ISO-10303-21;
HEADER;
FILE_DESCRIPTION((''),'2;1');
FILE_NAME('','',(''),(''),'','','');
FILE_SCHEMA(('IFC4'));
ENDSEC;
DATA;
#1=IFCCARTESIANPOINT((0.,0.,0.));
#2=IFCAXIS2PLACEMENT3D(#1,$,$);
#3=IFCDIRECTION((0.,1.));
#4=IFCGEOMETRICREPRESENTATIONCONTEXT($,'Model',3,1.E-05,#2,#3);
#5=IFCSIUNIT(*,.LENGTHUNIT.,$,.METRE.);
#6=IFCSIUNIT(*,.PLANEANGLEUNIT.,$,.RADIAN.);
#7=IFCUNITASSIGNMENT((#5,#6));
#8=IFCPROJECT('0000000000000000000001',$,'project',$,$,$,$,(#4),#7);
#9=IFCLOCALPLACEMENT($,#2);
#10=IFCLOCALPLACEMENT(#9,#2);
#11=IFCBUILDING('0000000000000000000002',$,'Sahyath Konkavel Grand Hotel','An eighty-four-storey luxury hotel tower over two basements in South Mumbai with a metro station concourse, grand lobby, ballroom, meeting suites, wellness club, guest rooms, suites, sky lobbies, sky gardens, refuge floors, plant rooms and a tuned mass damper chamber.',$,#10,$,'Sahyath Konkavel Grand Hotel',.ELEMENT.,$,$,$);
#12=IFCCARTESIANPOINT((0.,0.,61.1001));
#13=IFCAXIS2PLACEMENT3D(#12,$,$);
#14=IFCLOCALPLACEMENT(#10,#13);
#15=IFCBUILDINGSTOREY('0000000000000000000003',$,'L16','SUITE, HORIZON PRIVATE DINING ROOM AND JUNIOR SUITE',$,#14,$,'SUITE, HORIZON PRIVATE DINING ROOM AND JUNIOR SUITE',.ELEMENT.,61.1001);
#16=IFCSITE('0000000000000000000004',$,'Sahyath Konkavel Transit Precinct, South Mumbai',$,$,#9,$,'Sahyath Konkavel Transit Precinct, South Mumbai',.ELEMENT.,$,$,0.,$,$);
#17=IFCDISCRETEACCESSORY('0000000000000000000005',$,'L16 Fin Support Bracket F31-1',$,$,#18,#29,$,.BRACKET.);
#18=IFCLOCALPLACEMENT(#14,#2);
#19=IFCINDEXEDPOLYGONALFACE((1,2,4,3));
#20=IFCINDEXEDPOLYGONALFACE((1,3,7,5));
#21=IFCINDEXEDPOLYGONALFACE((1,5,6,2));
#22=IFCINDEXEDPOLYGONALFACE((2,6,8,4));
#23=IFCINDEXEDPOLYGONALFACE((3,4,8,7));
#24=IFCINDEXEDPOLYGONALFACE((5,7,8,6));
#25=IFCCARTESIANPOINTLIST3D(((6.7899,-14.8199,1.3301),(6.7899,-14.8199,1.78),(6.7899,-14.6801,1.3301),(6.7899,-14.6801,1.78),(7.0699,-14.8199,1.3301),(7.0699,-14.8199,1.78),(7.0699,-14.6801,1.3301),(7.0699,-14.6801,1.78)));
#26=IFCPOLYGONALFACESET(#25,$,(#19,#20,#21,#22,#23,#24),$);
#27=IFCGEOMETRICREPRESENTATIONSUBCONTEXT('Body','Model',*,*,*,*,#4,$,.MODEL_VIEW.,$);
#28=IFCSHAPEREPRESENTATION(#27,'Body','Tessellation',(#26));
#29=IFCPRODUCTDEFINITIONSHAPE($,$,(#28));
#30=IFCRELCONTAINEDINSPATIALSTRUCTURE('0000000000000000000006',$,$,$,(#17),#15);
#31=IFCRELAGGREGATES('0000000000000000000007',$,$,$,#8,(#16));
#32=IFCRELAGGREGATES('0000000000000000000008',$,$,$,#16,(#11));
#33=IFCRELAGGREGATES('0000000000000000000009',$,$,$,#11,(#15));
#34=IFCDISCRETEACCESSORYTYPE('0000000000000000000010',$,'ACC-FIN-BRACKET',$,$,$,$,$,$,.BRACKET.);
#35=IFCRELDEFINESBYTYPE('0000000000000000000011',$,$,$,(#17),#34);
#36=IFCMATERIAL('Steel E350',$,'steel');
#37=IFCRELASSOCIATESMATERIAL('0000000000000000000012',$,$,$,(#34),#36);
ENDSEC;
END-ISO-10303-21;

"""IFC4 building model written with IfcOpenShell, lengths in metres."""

from ifc_helpers import new_model, si_unit, direction, frame, origin, origin_2d, place, context, subcontext, project, spatial, rectangle, extrude, source, transform, mapped, material, type_object, element, save


model = new_model("IFC4")

# Units and contexts
model_context = context("Model", 3, precision=1e-05, world=origin(), true_north=direction((0.0, 1.0)))
body_context = subcontext(model_context, "Body", "Model", "MODEL_VIEW")
ifc_project = project(units=[si_unit("LENGTHUNIT", "METRE"), si_unit("PLANEANGLEUNIT", "RADIAN")], contexts=[model_context])

# Site, building, storey
site_placement = place(None, origin())
site = spatial("IfcSite", under=ifc_project, at=site_placement, Name="Sahyath Konkavel Transit Precinct, South Mumbai", LongName="Sahyath Konkavel Transit Precinct, South Mumbai", CompositionType="ELEMENT", RefElevation=0.0)
building_placement = place(site_placement, origin())
building = spatial("IfcBuilding", under=site, at=building_placement, Name="Sahyath Konkavel Grand Hotel", Description="An eighty-four-storey luxury hotel tower over two basements in South Mumbai with a metro station concourse, grand lobby, ballroom, meeting suites, wellness club, guest rooms, suites, sky lobbies, sky gardens, refuge floors, plant rooms and a tuned mass damper chamber.", LongName="Sahyath Konkavel Grand Hotel", CompositionType="ELEMENT")
storey_placement = place(building_placement, frame((0.0, 0.0, 61.1001)))
storey = spatial("IfcBuildingStorey", under=building, at=storey_placement, Name="L16", Description="SUITE, HORIZON PRIVATE DINING ROOM AND JUNIOR SUITE", LongName="SUITE, HORIZON PRIVATE DINING ROOM AND JUNIOR SUITE", CompositionType="ELEMENT", Elevation=61.1001)

# Discrete accessory
ifc_material_1 = material(Name="Steel E350", Category="steel")
discrete_accessory_type = type_object("IfcDiscreteAccessoryType", Name="ACC-FIN-BRACKET", PredefinedType="BRACKET", material=ifc_material_1)
shared_shape_1 = source(origin(), body_context, "Body", "SweptSolid", [
    extrude(rectangle(XDim=0.28, YDim=0.1399, at=origin_2d()), origin(), (0.0, 0.0, 1.0), 0.45),
])
for number, where, z_axis, x_axis, name in (
    (1, (6.9299, -14.75, 1.3301), (0.0, 0.0, 1.0), (1.0, 0.0, 0.0), "L16 Fin Support Bracket F31-1"),
):
    element("IfcDiscreteAccessory", number, at=place(storey_placement, frame(where, z_axis=z_axis, x_axis=x_axis)), inside=storey, type_object=discrete_accessory_type, Name=name, PredefinedType="BRACKET", context=body_context, shape_type="MappedRepresentation", body=[
        mapped(shared_shape_1, transform((0.0, 0.0, 0.0), scale=1.0)),
    ])

save(model, "model.ifc")
